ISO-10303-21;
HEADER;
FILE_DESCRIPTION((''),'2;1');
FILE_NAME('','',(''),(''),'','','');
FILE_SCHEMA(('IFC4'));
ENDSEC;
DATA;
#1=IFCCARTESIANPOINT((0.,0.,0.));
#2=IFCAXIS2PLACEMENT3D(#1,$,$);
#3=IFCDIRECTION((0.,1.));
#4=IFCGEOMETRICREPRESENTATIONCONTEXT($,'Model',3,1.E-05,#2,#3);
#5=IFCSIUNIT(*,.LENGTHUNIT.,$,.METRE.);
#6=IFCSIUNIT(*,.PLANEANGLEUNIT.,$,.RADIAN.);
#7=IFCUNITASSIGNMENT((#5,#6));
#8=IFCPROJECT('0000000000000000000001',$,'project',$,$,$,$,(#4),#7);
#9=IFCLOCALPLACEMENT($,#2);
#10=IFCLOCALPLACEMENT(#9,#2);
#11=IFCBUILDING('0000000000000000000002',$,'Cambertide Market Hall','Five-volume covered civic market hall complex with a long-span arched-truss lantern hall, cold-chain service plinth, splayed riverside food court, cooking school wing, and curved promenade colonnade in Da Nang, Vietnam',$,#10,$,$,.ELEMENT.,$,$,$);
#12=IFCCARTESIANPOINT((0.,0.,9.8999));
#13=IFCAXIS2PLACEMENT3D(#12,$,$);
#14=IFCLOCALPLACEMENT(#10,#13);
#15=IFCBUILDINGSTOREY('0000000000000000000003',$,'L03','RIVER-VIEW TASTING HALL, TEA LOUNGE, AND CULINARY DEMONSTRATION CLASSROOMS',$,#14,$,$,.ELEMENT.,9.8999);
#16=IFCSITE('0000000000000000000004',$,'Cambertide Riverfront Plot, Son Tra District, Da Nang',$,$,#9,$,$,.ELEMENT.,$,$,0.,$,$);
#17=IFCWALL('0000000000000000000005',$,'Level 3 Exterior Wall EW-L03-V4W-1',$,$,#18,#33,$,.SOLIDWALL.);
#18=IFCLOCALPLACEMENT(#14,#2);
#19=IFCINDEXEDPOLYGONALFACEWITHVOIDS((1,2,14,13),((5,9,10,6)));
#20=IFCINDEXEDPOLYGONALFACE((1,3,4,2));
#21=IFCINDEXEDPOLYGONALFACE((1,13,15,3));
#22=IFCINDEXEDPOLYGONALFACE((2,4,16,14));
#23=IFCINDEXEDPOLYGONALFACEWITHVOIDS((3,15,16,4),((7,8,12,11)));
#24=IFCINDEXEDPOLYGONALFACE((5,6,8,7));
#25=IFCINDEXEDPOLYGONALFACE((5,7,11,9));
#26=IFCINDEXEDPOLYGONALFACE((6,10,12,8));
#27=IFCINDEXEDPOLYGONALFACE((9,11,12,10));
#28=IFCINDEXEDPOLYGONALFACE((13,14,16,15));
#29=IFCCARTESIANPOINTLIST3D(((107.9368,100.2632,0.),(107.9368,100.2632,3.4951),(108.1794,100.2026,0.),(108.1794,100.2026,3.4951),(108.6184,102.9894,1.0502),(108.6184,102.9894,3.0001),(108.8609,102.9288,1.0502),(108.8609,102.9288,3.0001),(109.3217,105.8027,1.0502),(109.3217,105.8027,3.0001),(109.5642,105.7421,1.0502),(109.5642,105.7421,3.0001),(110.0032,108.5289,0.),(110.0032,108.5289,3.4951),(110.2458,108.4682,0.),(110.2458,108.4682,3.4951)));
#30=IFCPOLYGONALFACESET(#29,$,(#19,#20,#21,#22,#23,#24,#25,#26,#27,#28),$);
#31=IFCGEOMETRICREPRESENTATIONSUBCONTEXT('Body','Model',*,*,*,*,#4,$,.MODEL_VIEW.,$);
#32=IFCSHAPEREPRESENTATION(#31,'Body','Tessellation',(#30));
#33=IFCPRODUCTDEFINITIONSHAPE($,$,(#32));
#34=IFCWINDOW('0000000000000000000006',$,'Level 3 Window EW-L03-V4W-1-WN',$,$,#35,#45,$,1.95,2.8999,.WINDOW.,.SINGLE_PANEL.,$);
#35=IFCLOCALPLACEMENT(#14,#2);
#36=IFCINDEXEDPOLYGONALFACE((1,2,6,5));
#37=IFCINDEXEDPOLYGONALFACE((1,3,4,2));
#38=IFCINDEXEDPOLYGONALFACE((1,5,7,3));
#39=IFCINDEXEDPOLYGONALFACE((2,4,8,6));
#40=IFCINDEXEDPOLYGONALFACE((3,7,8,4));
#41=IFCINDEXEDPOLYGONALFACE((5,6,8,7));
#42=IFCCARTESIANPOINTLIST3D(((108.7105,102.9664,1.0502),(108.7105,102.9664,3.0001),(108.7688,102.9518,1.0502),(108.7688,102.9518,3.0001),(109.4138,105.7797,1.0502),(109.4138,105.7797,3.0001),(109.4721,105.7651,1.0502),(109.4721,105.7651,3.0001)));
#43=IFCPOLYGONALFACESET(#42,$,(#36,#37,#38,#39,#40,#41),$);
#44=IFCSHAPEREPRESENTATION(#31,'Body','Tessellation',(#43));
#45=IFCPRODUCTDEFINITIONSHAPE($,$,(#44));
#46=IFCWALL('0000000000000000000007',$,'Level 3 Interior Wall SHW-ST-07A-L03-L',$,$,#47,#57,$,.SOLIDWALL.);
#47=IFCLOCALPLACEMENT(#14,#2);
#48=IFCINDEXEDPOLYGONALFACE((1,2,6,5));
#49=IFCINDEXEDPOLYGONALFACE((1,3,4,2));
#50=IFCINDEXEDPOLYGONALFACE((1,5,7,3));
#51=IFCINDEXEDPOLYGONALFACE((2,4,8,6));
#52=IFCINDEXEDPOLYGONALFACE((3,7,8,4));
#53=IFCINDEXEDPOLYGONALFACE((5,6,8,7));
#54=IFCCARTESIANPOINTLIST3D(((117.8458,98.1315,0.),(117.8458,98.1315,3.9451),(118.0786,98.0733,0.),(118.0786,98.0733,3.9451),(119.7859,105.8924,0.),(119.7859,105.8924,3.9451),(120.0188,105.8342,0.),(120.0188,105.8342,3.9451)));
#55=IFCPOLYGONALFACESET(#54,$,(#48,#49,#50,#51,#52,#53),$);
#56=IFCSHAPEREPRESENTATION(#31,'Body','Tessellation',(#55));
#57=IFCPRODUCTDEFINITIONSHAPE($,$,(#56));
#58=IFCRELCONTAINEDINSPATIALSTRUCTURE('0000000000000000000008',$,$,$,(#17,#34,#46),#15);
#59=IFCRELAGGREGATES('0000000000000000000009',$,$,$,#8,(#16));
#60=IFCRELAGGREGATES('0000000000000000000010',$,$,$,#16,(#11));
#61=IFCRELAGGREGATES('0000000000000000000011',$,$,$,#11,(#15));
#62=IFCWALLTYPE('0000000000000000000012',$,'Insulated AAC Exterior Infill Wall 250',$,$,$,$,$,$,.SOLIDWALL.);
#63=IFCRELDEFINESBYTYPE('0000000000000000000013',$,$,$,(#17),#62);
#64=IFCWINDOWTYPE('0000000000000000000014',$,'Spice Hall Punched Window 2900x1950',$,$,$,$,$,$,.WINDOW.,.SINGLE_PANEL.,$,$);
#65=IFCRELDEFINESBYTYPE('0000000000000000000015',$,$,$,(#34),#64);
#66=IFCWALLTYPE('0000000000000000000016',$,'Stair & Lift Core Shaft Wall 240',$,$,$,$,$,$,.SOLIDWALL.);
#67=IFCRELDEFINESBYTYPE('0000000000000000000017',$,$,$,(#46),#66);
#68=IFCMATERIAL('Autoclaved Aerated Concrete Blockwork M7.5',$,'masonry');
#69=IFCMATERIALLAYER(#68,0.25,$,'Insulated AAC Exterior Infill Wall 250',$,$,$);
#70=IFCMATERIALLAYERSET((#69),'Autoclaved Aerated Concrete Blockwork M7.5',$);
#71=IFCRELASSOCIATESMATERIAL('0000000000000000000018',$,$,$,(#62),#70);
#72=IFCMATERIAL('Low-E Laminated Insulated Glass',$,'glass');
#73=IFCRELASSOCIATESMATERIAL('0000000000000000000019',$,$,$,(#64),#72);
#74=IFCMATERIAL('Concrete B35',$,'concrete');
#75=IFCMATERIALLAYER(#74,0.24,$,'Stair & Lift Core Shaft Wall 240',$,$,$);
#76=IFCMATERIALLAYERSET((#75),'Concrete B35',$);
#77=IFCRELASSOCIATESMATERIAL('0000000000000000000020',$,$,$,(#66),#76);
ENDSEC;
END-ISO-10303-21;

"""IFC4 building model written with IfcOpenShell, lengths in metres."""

from ifc_helpers import new_model, si_unit, direction, frame, frame_2d, origin, place, context, subcontext, project, spatial, rectangle, extrude, material, layer, layer_set, type_object, element, fill, save


model = new_model("IFC4")

# Units and contexts
model_context = context("Model", 3, precision=1e-05, world=origin(), true_north=direction((0.0, 1.0)))
body_context = subcontext(model_context, "Body", "Model", "MODEL_VIEW")
ifc_project = project(units=[si_unit("LENGTHUNIT", "METRE"), si_unit("PLANEANGLEUNIT", "RADIAN")], contexts=[model_context])

# Site, building, storey
site_placement = place(None, origin())
site = spatial("IfcSite", under=ifc_project, at=site_placement, Name="Cambertide Riverfront Plot, Son Tra District, Da Nang", CompositionType="ELEMENT", RefElevation=0.0)
building_placement = place(site_placement, origin())
building = spatial("IfcBuilding", under=site, at=building_placement, Name="Cambertide Market Hall", Description="Five-volume covered civic market hall complex with a long-span arched-truss lantern hall, cold-chain service plinth, splayed riverside food court, cooking school wing, and curved promenade colonnade in Da Nang, Vietnam", CompositionType="ELEMENT")
storey_placement = place(building_placement, frame((0.0, 0.0, 9.8999)))
storey = spatial("IfcBuildingStorey", under=building, at=storey_placement, Name="L03", Description="RIVER-VIEW TASTING HALL, TEA LOUNGE, AND CULINARY DEMONSTRATION CLASSROOMS", CompositionType="ELEMENT", Elevation=9.8999)

# Wall, opening, window
ifc_material_1 = material(Name="Autoclaved Aerated Concrete Blockwork M7.5", Category="masonry")
ifc_layer_1 = layer(ifc_material_1, 0.25, Name="Insulated AAC Exterior Infill Wall 250")
ifc_layer_set_1 = layer_set([ifc_layer_1], Name="Autoclaved Aerated Concrete Blockwork M7.5")
wall_type_1 = type_object("IfcWallType", Name="Insulated AAC Exterior Infill Wall 250", PredefinedType="SOLIDWALL", material=ifc_layer_set_1)
wall_1_placement = place(storey_placement, frame((108.0581, 100.2329, 0.0), z_axis=(0.0, 0.0, 1.0), x_axis=(0.242536, 0.970143, 0.0)))
wall_1 = element("IfcWall", 1, at=wall_1_placement, inside=storey, type_object=wall_type_1, Name="Level 3 Exterior Wall EW-L03-V4W-1", PredefinedType="SOLIDWALL", context=body_context, shape_type="SweptSolid", body=[
    extrude(rectangle(XDim=8.52, YDim=0.25, at=frame_2d((4.26, 0.0))), origin(), (0.0, 0.0, 1.0), 3.4951),
])
opening_1_placement = place(wall_1_placement, frame((2.8101, 0.0, 1.05)))
opening_1 = element("IfcOpeningElement", 2, at=opening_1_placement, cuts=wall_1, PredefinedType="OPENING", context=body_context, shape_type="SweptSolid", body=[
    extrude(rectangle(XDim=2.8999, YDim=1.95, at=frame_2d((1.45, 0.9751))), frame((0.0, 0.135, 0.0), z_axis=(0.0, -1.0, 0.0), x_axis=(1.0, 0.0, 0.0)), (0.0, 0.0, 1.0), 0.27),
])
ifc_material_2 = material(Name="Low-E Laminated Insulated Glass", Category="glass")
window_type_1 = type_object("IfcWindowType", Name="Spice Hall Punched Window 2900x1950", PartitioningType="SINGLE_PANEL", PredefinedType="WINDOW", material=ifc_material_2)
window_1_placement = place(opening_1_placement, origin())
window_1 = element("IfcWindow", 3, at=window_1_placement, inside=storey, type_object=window_type_1, Name="Level 3 Window EW-L03-V4W-1-WN", OverallHeight=1.95, OverallWidth=2.8999, PartitioningType="SINGLE_PANEL", PredefinedType="WINDOW", context=body_context, shape_type="SweptSolid", body=[
    extrude(rectangle(XDim=2.8999, YDim=1.95, at=frame_2d((1.45, 0.9751))), frame((0.0, 0.03, 0.0), z_axis=(0.0, -1.0, 0.0), x_axis=(1.0, 0.0, 0.0)), (0.0, 0.0, 1.0), 0.0601),
])
fill(opening_1, window_1)

# Shared definitions
ifc_material_3 = material(Name="Concrete B35", Category="concrete")
ifc_layer_2 = layer(ifc_material_3, 0.24, Name="Stair & Lift Core Shaft Wall 240")
ifc_layer_set_2 = layer_set([ifc_layer_2], Name="Concrete B35")
wall_type_2 = type_object("IfcWallType", Name="Stair & Lift Core Shaft Wall 240", PredefinedType="SOLIDWALL", material=ifc_layer_set_2)

# Wall
wall_2_placement = place(storey_placement, frame((117.9622, 98.1023, 0.0), z_axis=(0.0, 0.0, 1.0), x_axis=(0.242528, 0.970144, 0.0)))
element("IfcWall", 4, at=wall_2_placement, inside=storey, type_object=wall_type_2, Name="Level 3 Interior Wall SHW-ST-07A-L03-L", PredefinedType="SOLIDWALL", context=body_context, shape_type="SweptSolid", body=[
    extrude(rectangle(XDim=7.9998, YDim=0.24, at=frame_2d((4.0, 0.0))), origin(), (0.0, 0.0, 1.0), 3.9451),
])

save(model, "model.ifc")
